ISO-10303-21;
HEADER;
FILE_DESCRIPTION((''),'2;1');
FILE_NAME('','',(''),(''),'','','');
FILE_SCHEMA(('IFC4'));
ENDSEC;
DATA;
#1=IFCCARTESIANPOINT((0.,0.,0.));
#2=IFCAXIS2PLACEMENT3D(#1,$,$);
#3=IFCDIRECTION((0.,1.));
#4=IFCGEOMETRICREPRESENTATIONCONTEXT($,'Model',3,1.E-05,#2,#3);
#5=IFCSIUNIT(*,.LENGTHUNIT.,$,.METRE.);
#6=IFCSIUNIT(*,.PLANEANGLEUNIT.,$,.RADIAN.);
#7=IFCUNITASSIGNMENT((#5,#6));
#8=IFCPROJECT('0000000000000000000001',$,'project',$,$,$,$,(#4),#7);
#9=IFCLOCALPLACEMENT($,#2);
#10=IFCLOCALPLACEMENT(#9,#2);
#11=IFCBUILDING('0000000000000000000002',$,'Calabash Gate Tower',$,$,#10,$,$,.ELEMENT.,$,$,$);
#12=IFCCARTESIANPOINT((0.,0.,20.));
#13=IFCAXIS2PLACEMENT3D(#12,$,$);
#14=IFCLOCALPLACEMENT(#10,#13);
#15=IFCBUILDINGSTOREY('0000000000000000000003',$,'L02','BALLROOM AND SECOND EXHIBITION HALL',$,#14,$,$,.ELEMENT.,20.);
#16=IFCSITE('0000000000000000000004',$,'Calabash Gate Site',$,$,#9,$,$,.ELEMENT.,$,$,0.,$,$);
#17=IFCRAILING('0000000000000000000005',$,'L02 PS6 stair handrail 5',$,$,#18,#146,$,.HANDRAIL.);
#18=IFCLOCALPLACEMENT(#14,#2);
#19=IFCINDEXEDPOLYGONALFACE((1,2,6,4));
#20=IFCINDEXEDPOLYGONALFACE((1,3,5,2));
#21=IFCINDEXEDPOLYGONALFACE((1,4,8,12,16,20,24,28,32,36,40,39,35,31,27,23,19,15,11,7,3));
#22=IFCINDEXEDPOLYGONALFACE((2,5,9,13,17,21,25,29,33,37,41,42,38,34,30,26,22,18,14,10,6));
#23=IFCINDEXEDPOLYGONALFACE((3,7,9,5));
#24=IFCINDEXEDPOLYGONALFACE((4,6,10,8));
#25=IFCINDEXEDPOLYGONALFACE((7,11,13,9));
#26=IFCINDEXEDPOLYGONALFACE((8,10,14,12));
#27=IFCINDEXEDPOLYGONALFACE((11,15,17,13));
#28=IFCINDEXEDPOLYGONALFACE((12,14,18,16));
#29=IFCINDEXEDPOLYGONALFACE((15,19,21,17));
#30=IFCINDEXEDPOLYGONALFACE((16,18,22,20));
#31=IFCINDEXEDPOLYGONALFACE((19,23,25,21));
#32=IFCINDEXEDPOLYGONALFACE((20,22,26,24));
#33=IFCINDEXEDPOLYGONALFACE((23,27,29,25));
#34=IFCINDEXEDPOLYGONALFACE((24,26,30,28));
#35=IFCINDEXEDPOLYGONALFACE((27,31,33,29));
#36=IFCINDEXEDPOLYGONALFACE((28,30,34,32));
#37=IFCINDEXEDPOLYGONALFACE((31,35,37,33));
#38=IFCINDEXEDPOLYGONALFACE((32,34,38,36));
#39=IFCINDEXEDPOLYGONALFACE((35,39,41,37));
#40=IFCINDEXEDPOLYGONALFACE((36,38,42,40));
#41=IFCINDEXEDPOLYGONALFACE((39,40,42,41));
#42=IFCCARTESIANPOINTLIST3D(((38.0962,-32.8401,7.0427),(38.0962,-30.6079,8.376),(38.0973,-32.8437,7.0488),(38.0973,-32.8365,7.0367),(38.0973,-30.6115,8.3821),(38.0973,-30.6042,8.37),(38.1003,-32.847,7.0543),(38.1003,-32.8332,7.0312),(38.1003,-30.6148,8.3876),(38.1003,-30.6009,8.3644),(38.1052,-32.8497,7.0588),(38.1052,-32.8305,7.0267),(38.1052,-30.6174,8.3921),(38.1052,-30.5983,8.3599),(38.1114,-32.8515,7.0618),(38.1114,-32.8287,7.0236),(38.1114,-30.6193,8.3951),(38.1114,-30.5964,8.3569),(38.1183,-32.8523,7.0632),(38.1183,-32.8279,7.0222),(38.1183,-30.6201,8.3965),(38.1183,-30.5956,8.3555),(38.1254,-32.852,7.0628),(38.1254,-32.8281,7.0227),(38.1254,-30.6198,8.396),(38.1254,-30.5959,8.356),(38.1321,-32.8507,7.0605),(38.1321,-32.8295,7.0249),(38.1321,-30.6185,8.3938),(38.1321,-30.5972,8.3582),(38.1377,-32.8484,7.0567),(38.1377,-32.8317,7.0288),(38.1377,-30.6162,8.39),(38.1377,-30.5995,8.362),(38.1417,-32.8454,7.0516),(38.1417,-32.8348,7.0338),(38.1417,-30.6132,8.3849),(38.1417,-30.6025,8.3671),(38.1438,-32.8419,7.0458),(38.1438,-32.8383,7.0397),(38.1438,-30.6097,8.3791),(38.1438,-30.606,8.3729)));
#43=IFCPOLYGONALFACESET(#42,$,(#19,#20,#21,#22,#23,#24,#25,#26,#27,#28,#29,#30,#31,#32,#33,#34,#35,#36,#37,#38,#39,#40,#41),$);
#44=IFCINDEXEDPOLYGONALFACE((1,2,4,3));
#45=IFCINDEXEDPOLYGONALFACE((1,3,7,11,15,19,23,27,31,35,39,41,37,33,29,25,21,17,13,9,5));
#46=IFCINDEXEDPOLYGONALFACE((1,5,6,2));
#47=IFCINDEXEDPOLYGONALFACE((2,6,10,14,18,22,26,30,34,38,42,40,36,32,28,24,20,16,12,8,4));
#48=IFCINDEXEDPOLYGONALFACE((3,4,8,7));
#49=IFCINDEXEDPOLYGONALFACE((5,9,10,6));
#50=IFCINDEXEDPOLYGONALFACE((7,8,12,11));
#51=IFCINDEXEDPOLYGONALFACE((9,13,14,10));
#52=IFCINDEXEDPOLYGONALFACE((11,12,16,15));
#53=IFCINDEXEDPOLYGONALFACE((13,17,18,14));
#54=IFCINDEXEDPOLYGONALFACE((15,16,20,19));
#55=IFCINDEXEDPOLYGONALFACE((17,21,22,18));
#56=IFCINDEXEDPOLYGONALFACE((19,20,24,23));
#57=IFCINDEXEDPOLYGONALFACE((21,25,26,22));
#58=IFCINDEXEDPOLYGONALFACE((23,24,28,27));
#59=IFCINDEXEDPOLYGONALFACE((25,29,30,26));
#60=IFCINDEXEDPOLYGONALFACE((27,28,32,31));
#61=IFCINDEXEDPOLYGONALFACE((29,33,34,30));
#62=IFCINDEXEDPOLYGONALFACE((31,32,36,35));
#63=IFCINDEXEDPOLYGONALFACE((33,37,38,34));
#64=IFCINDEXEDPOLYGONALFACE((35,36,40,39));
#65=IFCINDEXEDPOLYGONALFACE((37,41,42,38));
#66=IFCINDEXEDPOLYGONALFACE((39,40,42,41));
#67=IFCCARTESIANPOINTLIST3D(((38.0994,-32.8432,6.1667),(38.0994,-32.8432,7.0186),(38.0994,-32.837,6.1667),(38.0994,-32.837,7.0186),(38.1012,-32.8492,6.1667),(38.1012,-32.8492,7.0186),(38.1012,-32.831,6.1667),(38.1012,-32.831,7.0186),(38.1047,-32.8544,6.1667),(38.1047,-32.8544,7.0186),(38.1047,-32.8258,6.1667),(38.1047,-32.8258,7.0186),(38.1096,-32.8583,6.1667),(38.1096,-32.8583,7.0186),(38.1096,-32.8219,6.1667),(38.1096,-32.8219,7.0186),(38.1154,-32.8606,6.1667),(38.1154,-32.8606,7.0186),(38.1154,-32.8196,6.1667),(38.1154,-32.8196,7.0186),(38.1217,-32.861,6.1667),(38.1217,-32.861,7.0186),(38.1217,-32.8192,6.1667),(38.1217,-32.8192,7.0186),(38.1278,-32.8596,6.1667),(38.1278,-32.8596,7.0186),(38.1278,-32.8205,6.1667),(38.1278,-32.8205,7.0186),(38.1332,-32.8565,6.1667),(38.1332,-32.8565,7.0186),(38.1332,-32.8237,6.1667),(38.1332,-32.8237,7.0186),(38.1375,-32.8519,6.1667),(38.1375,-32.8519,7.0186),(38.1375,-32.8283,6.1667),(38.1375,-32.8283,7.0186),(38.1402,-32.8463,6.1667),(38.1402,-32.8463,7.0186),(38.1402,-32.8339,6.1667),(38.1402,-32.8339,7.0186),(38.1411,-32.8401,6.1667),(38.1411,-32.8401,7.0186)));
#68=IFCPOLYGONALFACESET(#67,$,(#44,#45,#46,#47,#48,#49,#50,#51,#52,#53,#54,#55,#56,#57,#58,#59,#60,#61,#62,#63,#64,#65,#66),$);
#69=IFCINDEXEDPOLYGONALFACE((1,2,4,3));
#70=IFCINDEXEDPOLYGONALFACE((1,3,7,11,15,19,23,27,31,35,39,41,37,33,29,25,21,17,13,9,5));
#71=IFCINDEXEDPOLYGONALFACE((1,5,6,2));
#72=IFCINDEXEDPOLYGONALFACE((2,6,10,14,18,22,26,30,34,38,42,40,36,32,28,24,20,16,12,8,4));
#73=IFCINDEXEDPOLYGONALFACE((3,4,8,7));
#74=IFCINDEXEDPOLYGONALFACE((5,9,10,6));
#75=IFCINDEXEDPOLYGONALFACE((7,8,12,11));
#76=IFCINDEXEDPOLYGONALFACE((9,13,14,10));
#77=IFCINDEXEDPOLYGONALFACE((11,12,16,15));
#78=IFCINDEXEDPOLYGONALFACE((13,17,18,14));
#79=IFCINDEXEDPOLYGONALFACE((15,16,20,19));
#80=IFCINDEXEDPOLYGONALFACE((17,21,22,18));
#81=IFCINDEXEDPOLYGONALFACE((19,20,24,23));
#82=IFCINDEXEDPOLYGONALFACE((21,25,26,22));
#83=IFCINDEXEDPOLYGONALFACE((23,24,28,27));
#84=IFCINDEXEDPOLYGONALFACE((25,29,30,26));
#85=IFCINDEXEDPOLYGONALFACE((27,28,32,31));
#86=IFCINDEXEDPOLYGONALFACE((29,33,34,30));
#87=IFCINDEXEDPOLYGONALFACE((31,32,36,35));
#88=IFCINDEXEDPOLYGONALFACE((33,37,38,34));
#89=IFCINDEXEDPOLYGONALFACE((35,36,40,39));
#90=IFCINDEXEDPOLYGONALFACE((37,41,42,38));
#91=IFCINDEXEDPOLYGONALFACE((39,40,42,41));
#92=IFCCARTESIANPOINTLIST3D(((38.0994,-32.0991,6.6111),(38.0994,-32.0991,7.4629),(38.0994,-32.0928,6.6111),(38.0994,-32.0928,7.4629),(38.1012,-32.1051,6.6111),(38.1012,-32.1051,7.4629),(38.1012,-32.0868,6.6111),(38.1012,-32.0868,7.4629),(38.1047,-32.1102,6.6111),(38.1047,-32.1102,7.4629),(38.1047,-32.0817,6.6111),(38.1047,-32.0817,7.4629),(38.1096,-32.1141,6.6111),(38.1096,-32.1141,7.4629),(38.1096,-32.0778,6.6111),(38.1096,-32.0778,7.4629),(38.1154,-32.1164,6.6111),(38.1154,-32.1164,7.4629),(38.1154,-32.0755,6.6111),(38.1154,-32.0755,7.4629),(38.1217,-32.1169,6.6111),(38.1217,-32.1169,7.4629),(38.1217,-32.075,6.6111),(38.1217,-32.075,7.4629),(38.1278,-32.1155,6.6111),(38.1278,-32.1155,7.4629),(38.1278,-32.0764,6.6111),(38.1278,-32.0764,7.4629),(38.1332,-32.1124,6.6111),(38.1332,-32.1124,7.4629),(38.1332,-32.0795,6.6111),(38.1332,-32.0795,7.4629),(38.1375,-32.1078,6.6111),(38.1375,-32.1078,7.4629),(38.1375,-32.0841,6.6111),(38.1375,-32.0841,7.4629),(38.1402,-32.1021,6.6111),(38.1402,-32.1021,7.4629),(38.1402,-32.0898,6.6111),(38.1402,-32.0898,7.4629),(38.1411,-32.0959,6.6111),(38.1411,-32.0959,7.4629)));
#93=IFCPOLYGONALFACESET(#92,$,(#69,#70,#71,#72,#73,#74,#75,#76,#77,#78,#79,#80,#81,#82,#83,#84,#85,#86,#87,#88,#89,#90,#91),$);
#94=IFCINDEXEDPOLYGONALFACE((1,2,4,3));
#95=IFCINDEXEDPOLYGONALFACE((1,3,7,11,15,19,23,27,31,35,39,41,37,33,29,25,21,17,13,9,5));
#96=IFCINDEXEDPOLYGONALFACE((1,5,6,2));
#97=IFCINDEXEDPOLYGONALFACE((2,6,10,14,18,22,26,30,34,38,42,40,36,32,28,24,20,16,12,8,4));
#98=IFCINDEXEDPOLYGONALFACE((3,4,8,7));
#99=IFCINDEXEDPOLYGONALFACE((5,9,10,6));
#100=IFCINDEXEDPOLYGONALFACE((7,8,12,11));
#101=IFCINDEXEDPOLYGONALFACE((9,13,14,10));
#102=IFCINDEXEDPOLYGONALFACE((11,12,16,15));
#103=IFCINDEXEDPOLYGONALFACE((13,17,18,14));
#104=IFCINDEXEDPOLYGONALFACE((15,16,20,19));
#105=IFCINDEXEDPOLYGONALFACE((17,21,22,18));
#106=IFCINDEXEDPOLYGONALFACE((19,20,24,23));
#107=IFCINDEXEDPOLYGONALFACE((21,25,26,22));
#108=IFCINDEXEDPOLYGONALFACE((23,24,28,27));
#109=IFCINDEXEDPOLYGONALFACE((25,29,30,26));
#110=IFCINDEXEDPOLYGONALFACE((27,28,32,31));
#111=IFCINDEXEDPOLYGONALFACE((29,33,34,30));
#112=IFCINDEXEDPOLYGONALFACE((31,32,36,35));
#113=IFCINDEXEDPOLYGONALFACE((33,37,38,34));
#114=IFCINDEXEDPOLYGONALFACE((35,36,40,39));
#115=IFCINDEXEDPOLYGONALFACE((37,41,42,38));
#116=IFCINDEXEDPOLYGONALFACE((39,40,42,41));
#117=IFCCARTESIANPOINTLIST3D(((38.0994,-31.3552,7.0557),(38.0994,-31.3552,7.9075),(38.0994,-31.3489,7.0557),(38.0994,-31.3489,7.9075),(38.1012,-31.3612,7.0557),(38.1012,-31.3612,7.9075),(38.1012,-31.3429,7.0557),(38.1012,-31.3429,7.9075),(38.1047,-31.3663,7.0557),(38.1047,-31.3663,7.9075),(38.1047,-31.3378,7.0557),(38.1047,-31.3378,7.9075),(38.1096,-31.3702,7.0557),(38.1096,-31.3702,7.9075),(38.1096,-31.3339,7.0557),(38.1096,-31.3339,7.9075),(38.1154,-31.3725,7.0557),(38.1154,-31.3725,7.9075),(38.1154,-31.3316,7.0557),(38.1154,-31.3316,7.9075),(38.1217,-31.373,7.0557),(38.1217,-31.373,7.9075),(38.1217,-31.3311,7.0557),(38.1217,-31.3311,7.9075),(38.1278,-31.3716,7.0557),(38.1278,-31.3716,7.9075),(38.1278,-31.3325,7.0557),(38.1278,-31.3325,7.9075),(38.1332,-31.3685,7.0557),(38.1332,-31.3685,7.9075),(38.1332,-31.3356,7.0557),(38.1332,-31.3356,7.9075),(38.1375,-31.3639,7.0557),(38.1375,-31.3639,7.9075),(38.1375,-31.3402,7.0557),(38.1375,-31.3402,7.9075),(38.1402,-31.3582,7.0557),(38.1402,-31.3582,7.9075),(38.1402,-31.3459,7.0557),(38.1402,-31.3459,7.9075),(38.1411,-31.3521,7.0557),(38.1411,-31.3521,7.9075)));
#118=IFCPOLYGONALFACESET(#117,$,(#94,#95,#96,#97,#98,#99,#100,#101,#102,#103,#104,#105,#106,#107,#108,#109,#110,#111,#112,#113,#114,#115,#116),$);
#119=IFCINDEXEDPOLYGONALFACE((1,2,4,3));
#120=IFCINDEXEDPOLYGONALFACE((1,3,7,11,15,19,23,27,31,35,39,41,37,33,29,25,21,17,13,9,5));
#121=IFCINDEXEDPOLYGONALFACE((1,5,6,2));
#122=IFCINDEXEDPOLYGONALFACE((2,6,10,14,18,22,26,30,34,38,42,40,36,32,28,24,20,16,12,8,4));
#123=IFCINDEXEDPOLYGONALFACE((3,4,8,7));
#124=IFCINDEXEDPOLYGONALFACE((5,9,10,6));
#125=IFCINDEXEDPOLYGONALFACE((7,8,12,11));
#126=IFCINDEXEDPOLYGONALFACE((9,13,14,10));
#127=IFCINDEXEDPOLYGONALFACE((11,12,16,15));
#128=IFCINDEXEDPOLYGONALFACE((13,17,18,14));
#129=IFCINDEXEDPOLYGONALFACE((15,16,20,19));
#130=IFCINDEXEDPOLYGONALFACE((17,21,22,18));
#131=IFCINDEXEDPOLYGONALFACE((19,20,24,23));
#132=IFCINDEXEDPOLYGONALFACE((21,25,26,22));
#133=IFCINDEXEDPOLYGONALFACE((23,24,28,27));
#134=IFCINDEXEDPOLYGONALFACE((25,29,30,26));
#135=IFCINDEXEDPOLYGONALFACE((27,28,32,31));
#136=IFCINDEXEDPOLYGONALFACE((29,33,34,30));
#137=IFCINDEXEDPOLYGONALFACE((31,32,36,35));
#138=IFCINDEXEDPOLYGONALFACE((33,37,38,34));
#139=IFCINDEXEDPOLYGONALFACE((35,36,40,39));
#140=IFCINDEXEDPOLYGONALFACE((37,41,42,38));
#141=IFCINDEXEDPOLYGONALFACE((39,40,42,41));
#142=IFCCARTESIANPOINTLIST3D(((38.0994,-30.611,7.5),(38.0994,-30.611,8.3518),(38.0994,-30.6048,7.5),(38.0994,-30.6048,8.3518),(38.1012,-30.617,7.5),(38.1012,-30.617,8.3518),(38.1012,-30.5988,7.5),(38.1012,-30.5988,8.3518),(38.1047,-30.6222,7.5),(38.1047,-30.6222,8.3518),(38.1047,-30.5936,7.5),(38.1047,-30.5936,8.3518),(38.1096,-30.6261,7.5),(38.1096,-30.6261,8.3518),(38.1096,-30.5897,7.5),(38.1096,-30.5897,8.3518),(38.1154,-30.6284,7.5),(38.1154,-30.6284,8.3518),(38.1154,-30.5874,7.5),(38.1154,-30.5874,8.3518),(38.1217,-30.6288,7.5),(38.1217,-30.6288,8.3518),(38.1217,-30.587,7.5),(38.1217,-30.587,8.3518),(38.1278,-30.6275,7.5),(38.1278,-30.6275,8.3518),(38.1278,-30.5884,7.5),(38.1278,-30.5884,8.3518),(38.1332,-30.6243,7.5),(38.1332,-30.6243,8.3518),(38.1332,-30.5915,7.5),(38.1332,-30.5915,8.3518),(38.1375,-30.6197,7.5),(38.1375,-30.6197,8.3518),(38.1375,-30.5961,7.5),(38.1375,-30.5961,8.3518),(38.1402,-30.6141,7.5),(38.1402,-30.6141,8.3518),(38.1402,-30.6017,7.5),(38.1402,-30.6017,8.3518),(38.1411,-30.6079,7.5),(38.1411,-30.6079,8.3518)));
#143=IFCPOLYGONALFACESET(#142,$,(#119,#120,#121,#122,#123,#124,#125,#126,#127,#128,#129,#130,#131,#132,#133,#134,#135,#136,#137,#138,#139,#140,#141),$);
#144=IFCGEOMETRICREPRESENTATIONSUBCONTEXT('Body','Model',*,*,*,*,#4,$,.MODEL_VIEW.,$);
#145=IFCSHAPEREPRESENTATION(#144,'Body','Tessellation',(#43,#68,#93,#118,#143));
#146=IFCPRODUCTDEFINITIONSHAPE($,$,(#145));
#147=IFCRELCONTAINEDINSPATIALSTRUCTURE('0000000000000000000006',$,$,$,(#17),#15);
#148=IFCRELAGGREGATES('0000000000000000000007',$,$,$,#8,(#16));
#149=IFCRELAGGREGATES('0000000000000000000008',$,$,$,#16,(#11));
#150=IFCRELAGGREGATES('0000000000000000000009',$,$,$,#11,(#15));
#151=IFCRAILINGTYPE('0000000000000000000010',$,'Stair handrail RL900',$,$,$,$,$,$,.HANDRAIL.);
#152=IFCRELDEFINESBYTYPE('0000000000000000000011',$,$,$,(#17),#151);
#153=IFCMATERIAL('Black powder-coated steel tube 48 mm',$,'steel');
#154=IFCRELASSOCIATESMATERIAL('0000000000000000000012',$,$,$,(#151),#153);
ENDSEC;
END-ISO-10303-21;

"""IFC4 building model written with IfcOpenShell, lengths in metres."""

from ifc_helpers import new_model, si_unit, direction, frame, origin, origin_2d, place, context, subcontext, project, spatial, circle, extrude, material, type_object, element, save


model = new_model("IFC4")

# Units and contexts
model_context = context("Model", 3, precision=1e-05, world=origin(), true_north=direction((0.0, 1.0)))
body_context = subcontext(model_context, "Body", "Model", "MODEL_VIEW")
ifc_project = project(units=[si_unit("LENGTHUNIT", "METRE"), si_unit("PLANEANGLEUNIT", "RADIAN")], contexts=[model_context])

# Site, building, storey
site_placement = place(None, origin())
site = spatial("IfcSite", under=ifc_project, at=site_placement, Name="Calabash Gate Site", CompositionType="ELEMENT", RefElevation=0.0)
building_placement = place(site_placement, origin())
building = spatial("IfcBuilding", under=site, at=building_placement, Name="Calabash Gate Tower", CompositionType="ELEMENT")
storey_placement = place(building_placement, frame((0.0, 0.0, 20.0)))
storey = spatial("IfcBuildingStorey", under=building, at=storey_placement, Name="L02", Description="BALLROOM AND SECOND EXHIBITION HALL", CompositionType="ELEMENT", Elevation=20.0)

# Railing
ifc_material_1 = material(Name="Black powder-coated steel tube 48 mm", Category="steel")
railing_type_1 = type_object("IfcRailingType", Name="Stair handrail RL900", PredefinedType="HANDRAIL", material=ifc_material_1)
for number, where, name in (
    (1, (38.1201, -32.8401, 6.1667), "L02 PS6 stair handrail 5"),
):
    element("IfcRailing", number, at=place(storey_placement, frame(where)), inside=storey, type_object=railing_type_1, Name=name, PredefinedType="HANDRAIL", context=body_context, shape_type="SweptSolid", body=[
        extrude(circle(Radius=0.0239, at=origin_2d()), frame((0.0, 0.0, 0.876), z_axis=(0.0, 0.858519, 0.512782), x_axis=(-1.0, 0.0, 0.0)), (0.0, 0.0, 1.0), 2.6001),
        extrude(circle(Radius=0.021, at=origin_2d()), origin(), (0.0, 0.0, 1.0), 0.8518),
        extrude(circle(Radius=0.021, at=origin_2d()), frame((0.0, 0.7441, 0.4443)), (0.0, 0.0, 1.0), 0.8518),
        extrude(circle(Radius=0.021, at=origin_2d()), frame((0.0, 1.488, 0.8889)), (0.0, 0.0, 1.0), 0.8518),
        extrude(circle(Radius=0.021, at=origin_2d()), frame((0.0, 2.2322, 1.3333)), (0.0, 0.0, 1.0), 0.8518),
    ])

save(model, "model.ifc")
